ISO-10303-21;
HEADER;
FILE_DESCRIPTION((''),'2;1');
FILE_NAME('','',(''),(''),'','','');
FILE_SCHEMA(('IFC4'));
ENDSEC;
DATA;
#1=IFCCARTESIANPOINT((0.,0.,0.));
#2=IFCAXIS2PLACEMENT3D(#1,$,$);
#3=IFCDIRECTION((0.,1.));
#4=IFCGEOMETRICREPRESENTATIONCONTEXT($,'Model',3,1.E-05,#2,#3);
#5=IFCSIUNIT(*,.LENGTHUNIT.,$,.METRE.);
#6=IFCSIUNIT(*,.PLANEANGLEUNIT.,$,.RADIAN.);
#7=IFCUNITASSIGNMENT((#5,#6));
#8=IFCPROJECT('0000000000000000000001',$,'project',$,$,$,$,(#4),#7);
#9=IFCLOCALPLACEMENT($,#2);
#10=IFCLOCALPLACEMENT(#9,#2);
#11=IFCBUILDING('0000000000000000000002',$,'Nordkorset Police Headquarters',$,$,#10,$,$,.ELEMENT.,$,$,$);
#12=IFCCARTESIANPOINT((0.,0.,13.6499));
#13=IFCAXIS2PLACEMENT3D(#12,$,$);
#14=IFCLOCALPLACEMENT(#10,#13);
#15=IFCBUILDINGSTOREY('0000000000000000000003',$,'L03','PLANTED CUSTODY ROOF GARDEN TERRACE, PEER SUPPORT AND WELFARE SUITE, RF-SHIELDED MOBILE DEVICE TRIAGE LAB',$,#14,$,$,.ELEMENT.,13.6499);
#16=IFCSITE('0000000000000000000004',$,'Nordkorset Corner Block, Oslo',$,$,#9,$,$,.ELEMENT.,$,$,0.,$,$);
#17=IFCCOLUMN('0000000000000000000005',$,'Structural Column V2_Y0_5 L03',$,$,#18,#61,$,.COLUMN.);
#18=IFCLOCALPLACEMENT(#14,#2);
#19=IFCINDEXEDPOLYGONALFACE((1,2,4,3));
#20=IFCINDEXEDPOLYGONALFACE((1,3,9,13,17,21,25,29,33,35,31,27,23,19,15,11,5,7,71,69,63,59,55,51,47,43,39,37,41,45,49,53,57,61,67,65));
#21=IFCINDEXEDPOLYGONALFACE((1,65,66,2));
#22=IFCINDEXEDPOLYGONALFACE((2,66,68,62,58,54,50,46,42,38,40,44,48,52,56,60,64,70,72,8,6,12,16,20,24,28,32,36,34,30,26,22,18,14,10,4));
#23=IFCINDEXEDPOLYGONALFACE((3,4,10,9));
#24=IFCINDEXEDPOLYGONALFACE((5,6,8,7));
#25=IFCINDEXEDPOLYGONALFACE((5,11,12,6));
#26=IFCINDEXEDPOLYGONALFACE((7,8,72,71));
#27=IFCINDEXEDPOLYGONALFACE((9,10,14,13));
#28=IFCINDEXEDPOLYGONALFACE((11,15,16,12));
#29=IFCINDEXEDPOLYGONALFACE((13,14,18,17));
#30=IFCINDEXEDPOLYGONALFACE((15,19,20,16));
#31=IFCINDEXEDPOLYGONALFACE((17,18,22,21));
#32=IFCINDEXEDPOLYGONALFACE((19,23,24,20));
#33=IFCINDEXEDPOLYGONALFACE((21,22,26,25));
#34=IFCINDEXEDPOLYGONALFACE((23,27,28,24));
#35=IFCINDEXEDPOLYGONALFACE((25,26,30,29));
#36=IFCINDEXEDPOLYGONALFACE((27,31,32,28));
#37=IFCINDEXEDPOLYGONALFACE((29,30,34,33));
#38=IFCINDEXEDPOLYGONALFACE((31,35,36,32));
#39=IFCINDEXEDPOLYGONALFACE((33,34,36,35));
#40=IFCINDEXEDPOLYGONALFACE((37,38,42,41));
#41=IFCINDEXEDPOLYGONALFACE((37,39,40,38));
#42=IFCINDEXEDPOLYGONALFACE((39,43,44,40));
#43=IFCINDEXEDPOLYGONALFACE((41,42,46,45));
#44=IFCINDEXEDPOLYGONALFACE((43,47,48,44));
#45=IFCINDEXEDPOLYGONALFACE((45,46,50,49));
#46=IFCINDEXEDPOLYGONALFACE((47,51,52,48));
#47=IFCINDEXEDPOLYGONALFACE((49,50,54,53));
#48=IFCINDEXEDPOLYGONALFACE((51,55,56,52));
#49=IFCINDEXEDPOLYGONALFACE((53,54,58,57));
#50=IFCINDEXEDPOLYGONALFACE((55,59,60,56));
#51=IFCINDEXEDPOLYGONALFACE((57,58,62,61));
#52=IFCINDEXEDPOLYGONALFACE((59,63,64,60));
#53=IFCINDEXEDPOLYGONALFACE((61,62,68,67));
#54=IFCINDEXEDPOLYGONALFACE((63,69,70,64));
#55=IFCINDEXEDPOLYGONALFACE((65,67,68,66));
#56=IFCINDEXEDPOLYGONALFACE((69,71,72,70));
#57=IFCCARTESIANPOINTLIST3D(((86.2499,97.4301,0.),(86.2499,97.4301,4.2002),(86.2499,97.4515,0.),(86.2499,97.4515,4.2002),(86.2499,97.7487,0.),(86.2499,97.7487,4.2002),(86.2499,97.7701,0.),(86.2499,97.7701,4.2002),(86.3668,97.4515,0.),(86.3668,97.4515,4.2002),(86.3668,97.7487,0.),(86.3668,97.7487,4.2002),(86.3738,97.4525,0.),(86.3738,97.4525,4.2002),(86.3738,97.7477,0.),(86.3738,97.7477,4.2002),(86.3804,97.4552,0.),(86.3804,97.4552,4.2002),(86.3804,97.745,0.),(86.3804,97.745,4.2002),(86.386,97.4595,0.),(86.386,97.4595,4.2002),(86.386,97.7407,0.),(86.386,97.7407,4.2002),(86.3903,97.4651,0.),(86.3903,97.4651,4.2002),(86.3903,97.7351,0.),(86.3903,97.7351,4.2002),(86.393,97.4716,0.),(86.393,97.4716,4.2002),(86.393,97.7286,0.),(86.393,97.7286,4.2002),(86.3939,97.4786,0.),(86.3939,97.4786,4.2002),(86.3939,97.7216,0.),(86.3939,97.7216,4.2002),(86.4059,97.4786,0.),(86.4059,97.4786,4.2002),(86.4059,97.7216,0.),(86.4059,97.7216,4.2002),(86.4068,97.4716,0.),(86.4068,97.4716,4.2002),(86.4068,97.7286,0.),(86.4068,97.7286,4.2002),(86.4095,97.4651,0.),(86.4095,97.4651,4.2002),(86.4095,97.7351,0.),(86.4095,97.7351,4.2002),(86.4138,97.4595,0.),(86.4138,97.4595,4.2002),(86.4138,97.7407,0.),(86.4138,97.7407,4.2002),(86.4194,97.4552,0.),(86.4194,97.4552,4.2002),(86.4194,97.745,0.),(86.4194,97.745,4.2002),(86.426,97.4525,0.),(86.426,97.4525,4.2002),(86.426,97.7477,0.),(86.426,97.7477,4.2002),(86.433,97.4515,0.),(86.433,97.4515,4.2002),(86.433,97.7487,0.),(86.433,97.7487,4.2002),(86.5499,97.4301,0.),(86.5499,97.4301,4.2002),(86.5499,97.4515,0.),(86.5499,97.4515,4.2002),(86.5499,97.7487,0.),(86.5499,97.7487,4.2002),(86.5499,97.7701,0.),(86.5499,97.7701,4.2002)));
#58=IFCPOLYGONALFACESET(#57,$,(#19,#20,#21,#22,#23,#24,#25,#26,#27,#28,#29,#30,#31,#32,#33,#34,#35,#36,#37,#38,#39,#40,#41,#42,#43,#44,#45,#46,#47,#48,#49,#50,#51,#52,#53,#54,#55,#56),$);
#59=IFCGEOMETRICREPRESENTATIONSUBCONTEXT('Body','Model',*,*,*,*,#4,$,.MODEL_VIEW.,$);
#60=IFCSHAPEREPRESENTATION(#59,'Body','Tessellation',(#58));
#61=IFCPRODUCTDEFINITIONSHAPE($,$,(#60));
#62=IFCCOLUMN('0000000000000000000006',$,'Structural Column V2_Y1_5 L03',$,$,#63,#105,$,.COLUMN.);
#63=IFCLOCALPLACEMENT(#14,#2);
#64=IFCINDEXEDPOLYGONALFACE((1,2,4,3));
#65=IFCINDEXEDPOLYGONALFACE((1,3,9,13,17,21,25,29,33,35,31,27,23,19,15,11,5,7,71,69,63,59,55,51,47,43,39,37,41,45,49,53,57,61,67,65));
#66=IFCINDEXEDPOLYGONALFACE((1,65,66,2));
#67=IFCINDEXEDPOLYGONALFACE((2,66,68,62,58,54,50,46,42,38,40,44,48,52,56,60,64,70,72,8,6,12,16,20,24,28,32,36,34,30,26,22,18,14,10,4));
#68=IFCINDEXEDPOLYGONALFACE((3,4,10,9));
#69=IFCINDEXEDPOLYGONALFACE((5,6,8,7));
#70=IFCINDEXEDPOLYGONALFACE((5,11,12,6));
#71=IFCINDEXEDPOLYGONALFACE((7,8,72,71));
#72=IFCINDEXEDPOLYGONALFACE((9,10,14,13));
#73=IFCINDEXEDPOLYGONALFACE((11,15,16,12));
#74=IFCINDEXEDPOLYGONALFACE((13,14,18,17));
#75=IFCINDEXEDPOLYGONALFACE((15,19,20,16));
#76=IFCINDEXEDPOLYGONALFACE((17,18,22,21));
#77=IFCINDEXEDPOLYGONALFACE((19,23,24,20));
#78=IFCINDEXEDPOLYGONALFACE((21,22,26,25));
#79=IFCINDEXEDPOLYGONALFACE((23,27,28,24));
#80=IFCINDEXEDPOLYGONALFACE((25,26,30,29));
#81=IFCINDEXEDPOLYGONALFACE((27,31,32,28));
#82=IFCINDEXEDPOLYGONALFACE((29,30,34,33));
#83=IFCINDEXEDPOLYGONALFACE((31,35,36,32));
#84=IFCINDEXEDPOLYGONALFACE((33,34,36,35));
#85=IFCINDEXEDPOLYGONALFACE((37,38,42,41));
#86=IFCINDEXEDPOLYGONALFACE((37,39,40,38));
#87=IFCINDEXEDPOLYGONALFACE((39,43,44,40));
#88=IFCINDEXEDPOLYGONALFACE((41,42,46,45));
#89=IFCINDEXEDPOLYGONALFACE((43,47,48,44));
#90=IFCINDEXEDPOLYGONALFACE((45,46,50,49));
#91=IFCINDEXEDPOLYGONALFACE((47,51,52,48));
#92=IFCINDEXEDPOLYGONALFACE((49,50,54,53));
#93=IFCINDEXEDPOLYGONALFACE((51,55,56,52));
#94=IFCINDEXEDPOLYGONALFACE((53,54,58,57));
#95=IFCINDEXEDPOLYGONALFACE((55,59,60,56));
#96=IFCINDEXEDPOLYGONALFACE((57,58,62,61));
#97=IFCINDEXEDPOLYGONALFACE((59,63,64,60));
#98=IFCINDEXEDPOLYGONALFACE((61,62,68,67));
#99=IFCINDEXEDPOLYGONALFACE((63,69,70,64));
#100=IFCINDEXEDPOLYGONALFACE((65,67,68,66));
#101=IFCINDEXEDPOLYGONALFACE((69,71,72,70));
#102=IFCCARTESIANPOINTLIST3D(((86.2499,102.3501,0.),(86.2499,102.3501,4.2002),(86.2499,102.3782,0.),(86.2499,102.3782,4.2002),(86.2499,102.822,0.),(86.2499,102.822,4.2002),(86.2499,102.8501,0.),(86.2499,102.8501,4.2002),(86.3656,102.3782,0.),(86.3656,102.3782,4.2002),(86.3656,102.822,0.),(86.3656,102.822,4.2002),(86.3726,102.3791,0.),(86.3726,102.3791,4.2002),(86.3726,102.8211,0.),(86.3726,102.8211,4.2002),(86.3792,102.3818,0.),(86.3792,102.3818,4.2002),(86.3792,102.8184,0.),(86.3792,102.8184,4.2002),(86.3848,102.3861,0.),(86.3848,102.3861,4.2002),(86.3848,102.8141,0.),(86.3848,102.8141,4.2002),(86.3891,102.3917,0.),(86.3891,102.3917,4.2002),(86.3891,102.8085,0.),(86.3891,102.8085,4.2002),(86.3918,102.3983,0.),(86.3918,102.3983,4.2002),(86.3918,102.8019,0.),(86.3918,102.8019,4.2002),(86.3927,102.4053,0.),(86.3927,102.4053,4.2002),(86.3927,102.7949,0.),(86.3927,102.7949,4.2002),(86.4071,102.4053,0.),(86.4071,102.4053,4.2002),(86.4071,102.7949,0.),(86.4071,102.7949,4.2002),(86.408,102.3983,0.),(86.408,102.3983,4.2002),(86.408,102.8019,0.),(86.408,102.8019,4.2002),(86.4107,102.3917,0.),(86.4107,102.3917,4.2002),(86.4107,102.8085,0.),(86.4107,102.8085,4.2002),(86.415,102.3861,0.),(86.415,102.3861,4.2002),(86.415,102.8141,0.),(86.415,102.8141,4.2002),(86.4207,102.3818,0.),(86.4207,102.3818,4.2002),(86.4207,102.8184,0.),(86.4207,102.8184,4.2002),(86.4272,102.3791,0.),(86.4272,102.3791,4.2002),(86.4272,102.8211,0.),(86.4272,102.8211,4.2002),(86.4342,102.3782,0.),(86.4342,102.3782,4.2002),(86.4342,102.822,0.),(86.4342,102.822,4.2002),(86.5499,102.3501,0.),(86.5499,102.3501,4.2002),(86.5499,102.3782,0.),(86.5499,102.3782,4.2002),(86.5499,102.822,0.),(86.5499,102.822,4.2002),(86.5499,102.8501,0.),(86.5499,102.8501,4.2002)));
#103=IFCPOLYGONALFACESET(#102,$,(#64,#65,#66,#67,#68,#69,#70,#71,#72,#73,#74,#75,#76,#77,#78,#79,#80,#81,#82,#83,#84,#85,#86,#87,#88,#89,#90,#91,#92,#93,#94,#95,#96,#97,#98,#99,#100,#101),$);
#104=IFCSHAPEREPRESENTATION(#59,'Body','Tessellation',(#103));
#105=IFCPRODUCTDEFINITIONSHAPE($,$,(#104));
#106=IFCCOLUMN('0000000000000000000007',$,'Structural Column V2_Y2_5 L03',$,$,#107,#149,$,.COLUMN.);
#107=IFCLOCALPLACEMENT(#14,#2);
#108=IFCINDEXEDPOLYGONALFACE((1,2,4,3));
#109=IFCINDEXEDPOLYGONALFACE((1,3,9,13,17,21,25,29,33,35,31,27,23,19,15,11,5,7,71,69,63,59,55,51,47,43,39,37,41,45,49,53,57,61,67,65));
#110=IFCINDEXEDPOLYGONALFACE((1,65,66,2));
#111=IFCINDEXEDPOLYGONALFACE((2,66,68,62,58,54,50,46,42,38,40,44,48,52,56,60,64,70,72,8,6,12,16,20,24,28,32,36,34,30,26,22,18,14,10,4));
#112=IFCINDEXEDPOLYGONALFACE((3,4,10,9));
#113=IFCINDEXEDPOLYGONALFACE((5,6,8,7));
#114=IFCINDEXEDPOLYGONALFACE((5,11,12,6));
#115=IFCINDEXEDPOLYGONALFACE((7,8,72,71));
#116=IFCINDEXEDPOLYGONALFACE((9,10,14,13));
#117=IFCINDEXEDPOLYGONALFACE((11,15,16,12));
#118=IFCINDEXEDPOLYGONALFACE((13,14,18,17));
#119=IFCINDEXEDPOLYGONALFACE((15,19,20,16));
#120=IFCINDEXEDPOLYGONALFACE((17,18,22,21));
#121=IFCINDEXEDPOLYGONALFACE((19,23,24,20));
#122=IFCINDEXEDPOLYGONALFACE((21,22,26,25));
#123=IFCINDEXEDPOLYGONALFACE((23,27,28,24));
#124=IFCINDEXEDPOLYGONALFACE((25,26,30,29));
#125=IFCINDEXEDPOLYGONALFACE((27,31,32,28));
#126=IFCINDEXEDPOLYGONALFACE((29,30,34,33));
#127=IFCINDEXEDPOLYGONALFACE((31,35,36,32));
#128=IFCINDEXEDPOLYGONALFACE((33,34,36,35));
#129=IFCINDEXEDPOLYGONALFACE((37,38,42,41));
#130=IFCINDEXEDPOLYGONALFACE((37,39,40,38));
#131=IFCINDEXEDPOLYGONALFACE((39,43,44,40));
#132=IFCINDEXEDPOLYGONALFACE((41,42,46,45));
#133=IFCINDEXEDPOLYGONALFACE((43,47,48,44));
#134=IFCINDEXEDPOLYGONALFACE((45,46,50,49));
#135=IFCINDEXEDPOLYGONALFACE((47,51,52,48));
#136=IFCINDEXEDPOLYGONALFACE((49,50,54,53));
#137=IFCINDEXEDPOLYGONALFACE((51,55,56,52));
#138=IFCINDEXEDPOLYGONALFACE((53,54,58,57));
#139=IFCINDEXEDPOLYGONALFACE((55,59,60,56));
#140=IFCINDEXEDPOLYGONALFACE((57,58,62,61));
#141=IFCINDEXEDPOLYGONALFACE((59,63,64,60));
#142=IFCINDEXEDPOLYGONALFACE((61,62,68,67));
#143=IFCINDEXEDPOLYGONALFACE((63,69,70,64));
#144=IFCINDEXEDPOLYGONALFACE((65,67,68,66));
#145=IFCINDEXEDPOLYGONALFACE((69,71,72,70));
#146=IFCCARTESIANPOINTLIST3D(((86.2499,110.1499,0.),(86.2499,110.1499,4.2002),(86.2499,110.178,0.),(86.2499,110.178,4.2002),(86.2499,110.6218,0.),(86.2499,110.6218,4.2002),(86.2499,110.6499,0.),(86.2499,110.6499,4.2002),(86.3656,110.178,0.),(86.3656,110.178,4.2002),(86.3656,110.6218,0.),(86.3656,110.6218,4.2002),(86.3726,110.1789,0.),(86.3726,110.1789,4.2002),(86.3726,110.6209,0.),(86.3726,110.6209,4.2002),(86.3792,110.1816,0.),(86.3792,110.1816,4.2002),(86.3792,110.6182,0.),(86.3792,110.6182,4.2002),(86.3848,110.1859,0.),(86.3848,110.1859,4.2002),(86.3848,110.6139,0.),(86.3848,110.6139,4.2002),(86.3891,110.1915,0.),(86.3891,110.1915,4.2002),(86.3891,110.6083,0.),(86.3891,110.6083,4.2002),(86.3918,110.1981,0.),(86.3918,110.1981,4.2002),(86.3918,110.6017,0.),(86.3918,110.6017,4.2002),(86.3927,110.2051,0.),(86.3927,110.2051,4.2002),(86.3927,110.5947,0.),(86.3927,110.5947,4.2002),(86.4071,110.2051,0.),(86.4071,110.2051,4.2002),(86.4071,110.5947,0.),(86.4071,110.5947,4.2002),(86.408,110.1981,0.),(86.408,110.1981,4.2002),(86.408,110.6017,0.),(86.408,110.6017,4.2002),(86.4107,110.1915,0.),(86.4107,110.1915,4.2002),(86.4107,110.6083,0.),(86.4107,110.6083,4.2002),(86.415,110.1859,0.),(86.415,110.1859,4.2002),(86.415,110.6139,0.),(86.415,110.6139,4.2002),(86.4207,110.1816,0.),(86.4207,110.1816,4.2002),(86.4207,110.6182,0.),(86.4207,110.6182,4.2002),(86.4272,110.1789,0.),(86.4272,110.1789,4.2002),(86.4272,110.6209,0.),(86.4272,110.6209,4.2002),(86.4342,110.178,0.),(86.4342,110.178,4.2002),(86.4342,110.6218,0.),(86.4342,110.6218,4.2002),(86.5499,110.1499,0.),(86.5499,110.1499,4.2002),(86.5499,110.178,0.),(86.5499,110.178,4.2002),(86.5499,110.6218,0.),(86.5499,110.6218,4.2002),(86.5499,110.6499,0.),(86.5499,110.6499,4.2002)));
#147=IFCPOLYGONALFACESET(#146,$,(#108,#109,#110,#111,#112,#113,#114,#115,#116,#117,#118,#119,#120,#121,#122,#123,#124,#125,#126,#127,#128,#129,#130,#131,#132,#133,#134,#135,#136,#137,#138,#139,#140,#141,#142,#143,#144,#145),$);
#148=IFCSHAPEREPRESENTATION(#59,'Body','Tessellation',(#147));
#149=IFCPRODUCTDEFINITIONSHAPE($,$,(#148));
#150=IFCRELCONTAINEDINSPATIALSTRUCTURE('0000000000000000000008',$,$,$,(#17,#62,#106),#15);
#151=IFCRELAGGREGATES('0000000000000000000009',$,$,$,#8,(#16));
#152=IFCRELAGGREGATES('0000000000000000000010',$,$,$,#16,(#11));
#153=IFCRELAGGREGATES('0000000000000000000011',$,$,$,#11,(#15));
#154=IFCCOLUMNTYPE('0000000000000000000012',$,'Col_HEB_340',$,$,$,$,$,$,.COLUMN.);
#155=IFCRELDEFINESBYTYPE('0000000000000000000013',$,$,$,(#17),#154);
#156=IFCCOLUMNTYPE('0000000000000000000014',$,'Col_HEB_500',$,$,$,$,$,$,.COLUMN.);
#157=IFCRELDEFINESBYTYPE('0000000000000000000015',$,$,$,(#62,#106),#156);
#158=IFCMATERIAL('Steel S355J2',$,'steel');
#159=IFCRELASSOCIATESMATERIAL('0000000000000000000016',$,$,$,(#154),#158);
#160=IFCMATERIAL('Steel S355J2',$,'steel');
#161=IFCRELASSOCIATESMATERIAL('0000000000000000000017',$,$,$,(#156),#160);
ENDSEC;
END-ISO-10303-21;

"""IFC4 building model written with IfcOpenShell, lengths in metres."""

from ifc_helpers import new_model, si_unit, direction, frame, origin, origin_2d, place, context, subcontext, project, spatial, i_section, extrude, material, material_profile, profile_set, type_object, element, save


model = new_model("IFC4")

# Units and contexts
model_context = context("Model", 3, precision=1e-05, world=origin(), true_north=direction((0.0, 1.0)))
body_context = subcontext(model_context, "Body", "Model", "MODEL_VIEW")
ifc_project = project(units=[si_unit("LENGTHUNIT", "METRE"), si_unit("PLANEANGLEUNIT", "RADIAN")], contexts=[model_context])

# Site, building, storey
site_placement = place(None, origin())
site = spatial("IfcSite", under=ifc_project, at=site_placement, Name="Nordkorset Corner Block, Oslo", CompositionType="ELEMENT", RefElevation=0.0)
building_placement = place(site_placement, origin())
building = spatial("IfcBuilding", under=site, at=building_placement, Name="Nordkorset Police Headquarters", CompositionType="ELEMENT")
storey_placement = place(building_placement, frame((0.0, 0.0, 13.6499)))
storey = spatial("IfcBuildingStorey", under=building, at=storey_placement, Name="L03", Description="PLANTED CUSTODY ROOF GARDEN TERRACE, PEER SUPPORT AND WELFARE SUITE, RF-SHIELDED MOBILE DEVICE TRIAGE LAB", CompositionType="ELEMENT", Elevation=13.6499)

# Columns
ifc_material_1 = material(Name="Steel S355J2", Category="steel")
ifc_material_profile_1 = material_profile(ifc_material_1, i_section(OverallWidth=0.3, OverallDepth=0.3401, WebThickness=0.012, FlangeThickness=0.0215, FilletRadius=0.0271, at=origin_2d()), Name="HEB 340")
ifc_profile_set_1 = profile_set([ifc_material_profile_1], Name="Steel S355J2")
column_type_1 = type_object("IfcColumnType", Name="Col_HEB_340", PredefinedType="COLUMN", material=ifc_profile_set_1)
column_placement = place(storey_placement, frame((86.3999, 97.6001, 0.0), z_axis=(0.0, 0.0, 1.0), x_axis=(1.0, 0.0, 0.0)))
element("IfcColumn", 1, at=column_placement, inside=storey, type_object=column_type_1, Name="Structural Column V2_Y0_5 L03", PredefinedType="COLUMN", context=body_context, shape_type="SweptSolid", body=[
    extrude(i_section(OverallWidth=0.3, OverallDepth=0.3401, WebThickness=0.012, FlangeThickness=0.0215, FilletRadius=0.0271, at=origin_2d()), origin(), (0.0, 0.0, 1.0), 4.2002),
])
ifc_material_2 = material(Name="Steel S355J2", Category="steel")
ifc_material_profile_2 = material_profile(ifc_material_2, i_section(OverallWidth=0.3, OverallDepth=0.5, WebThickness=0.0144, FlangeThickness=0.0281, FilletRadius=0.0271, at=origin_2d()), Name="HEB 500")
ifc_profile_set_2 = profile_set([ifc_material_profile_2], Name="Steel S355J2")
column_type_2 = type_object("IfcColumnType", Name="Col_HEB_500", PredefinedType="COLUMN", material=ifc_profile_set_2)
for number, where, z_axis, x_axis, name in (
    (2, (86.3999, 102.6001, 0.0), (0.0, 0.0, 1.0), (1.0, 0.0, 0.0), "Structural Column V2_Y1_5 L03"),
    (3, (86.3999, 110.3999, 0.0), (0.0, 0.0, 1.0), (1.0, 0.0, 0.0), "Structural Column V2_Y2_5 L03"),
):
    element("IfcColumn", number, at=place(storey_placement, frame(where, z_axis=z_axis, x_axis=x_axis)), inside=storey, type_object=column_type_2, Name=name, PredefinedType="COLUMN", context=body_context, shape_type="SweptSolid", body=[
        extrude(i_section(OverallWidth=0.3, OverallDepth=0.5, WebThickness=0.0144, FlangeThickness=0.0281, FilletRadius=0.0271, at=origin_2d()), origin(), (0.0, 0.0, 1.0), 4.2002),
    ])

save(model, "model.ifc")
